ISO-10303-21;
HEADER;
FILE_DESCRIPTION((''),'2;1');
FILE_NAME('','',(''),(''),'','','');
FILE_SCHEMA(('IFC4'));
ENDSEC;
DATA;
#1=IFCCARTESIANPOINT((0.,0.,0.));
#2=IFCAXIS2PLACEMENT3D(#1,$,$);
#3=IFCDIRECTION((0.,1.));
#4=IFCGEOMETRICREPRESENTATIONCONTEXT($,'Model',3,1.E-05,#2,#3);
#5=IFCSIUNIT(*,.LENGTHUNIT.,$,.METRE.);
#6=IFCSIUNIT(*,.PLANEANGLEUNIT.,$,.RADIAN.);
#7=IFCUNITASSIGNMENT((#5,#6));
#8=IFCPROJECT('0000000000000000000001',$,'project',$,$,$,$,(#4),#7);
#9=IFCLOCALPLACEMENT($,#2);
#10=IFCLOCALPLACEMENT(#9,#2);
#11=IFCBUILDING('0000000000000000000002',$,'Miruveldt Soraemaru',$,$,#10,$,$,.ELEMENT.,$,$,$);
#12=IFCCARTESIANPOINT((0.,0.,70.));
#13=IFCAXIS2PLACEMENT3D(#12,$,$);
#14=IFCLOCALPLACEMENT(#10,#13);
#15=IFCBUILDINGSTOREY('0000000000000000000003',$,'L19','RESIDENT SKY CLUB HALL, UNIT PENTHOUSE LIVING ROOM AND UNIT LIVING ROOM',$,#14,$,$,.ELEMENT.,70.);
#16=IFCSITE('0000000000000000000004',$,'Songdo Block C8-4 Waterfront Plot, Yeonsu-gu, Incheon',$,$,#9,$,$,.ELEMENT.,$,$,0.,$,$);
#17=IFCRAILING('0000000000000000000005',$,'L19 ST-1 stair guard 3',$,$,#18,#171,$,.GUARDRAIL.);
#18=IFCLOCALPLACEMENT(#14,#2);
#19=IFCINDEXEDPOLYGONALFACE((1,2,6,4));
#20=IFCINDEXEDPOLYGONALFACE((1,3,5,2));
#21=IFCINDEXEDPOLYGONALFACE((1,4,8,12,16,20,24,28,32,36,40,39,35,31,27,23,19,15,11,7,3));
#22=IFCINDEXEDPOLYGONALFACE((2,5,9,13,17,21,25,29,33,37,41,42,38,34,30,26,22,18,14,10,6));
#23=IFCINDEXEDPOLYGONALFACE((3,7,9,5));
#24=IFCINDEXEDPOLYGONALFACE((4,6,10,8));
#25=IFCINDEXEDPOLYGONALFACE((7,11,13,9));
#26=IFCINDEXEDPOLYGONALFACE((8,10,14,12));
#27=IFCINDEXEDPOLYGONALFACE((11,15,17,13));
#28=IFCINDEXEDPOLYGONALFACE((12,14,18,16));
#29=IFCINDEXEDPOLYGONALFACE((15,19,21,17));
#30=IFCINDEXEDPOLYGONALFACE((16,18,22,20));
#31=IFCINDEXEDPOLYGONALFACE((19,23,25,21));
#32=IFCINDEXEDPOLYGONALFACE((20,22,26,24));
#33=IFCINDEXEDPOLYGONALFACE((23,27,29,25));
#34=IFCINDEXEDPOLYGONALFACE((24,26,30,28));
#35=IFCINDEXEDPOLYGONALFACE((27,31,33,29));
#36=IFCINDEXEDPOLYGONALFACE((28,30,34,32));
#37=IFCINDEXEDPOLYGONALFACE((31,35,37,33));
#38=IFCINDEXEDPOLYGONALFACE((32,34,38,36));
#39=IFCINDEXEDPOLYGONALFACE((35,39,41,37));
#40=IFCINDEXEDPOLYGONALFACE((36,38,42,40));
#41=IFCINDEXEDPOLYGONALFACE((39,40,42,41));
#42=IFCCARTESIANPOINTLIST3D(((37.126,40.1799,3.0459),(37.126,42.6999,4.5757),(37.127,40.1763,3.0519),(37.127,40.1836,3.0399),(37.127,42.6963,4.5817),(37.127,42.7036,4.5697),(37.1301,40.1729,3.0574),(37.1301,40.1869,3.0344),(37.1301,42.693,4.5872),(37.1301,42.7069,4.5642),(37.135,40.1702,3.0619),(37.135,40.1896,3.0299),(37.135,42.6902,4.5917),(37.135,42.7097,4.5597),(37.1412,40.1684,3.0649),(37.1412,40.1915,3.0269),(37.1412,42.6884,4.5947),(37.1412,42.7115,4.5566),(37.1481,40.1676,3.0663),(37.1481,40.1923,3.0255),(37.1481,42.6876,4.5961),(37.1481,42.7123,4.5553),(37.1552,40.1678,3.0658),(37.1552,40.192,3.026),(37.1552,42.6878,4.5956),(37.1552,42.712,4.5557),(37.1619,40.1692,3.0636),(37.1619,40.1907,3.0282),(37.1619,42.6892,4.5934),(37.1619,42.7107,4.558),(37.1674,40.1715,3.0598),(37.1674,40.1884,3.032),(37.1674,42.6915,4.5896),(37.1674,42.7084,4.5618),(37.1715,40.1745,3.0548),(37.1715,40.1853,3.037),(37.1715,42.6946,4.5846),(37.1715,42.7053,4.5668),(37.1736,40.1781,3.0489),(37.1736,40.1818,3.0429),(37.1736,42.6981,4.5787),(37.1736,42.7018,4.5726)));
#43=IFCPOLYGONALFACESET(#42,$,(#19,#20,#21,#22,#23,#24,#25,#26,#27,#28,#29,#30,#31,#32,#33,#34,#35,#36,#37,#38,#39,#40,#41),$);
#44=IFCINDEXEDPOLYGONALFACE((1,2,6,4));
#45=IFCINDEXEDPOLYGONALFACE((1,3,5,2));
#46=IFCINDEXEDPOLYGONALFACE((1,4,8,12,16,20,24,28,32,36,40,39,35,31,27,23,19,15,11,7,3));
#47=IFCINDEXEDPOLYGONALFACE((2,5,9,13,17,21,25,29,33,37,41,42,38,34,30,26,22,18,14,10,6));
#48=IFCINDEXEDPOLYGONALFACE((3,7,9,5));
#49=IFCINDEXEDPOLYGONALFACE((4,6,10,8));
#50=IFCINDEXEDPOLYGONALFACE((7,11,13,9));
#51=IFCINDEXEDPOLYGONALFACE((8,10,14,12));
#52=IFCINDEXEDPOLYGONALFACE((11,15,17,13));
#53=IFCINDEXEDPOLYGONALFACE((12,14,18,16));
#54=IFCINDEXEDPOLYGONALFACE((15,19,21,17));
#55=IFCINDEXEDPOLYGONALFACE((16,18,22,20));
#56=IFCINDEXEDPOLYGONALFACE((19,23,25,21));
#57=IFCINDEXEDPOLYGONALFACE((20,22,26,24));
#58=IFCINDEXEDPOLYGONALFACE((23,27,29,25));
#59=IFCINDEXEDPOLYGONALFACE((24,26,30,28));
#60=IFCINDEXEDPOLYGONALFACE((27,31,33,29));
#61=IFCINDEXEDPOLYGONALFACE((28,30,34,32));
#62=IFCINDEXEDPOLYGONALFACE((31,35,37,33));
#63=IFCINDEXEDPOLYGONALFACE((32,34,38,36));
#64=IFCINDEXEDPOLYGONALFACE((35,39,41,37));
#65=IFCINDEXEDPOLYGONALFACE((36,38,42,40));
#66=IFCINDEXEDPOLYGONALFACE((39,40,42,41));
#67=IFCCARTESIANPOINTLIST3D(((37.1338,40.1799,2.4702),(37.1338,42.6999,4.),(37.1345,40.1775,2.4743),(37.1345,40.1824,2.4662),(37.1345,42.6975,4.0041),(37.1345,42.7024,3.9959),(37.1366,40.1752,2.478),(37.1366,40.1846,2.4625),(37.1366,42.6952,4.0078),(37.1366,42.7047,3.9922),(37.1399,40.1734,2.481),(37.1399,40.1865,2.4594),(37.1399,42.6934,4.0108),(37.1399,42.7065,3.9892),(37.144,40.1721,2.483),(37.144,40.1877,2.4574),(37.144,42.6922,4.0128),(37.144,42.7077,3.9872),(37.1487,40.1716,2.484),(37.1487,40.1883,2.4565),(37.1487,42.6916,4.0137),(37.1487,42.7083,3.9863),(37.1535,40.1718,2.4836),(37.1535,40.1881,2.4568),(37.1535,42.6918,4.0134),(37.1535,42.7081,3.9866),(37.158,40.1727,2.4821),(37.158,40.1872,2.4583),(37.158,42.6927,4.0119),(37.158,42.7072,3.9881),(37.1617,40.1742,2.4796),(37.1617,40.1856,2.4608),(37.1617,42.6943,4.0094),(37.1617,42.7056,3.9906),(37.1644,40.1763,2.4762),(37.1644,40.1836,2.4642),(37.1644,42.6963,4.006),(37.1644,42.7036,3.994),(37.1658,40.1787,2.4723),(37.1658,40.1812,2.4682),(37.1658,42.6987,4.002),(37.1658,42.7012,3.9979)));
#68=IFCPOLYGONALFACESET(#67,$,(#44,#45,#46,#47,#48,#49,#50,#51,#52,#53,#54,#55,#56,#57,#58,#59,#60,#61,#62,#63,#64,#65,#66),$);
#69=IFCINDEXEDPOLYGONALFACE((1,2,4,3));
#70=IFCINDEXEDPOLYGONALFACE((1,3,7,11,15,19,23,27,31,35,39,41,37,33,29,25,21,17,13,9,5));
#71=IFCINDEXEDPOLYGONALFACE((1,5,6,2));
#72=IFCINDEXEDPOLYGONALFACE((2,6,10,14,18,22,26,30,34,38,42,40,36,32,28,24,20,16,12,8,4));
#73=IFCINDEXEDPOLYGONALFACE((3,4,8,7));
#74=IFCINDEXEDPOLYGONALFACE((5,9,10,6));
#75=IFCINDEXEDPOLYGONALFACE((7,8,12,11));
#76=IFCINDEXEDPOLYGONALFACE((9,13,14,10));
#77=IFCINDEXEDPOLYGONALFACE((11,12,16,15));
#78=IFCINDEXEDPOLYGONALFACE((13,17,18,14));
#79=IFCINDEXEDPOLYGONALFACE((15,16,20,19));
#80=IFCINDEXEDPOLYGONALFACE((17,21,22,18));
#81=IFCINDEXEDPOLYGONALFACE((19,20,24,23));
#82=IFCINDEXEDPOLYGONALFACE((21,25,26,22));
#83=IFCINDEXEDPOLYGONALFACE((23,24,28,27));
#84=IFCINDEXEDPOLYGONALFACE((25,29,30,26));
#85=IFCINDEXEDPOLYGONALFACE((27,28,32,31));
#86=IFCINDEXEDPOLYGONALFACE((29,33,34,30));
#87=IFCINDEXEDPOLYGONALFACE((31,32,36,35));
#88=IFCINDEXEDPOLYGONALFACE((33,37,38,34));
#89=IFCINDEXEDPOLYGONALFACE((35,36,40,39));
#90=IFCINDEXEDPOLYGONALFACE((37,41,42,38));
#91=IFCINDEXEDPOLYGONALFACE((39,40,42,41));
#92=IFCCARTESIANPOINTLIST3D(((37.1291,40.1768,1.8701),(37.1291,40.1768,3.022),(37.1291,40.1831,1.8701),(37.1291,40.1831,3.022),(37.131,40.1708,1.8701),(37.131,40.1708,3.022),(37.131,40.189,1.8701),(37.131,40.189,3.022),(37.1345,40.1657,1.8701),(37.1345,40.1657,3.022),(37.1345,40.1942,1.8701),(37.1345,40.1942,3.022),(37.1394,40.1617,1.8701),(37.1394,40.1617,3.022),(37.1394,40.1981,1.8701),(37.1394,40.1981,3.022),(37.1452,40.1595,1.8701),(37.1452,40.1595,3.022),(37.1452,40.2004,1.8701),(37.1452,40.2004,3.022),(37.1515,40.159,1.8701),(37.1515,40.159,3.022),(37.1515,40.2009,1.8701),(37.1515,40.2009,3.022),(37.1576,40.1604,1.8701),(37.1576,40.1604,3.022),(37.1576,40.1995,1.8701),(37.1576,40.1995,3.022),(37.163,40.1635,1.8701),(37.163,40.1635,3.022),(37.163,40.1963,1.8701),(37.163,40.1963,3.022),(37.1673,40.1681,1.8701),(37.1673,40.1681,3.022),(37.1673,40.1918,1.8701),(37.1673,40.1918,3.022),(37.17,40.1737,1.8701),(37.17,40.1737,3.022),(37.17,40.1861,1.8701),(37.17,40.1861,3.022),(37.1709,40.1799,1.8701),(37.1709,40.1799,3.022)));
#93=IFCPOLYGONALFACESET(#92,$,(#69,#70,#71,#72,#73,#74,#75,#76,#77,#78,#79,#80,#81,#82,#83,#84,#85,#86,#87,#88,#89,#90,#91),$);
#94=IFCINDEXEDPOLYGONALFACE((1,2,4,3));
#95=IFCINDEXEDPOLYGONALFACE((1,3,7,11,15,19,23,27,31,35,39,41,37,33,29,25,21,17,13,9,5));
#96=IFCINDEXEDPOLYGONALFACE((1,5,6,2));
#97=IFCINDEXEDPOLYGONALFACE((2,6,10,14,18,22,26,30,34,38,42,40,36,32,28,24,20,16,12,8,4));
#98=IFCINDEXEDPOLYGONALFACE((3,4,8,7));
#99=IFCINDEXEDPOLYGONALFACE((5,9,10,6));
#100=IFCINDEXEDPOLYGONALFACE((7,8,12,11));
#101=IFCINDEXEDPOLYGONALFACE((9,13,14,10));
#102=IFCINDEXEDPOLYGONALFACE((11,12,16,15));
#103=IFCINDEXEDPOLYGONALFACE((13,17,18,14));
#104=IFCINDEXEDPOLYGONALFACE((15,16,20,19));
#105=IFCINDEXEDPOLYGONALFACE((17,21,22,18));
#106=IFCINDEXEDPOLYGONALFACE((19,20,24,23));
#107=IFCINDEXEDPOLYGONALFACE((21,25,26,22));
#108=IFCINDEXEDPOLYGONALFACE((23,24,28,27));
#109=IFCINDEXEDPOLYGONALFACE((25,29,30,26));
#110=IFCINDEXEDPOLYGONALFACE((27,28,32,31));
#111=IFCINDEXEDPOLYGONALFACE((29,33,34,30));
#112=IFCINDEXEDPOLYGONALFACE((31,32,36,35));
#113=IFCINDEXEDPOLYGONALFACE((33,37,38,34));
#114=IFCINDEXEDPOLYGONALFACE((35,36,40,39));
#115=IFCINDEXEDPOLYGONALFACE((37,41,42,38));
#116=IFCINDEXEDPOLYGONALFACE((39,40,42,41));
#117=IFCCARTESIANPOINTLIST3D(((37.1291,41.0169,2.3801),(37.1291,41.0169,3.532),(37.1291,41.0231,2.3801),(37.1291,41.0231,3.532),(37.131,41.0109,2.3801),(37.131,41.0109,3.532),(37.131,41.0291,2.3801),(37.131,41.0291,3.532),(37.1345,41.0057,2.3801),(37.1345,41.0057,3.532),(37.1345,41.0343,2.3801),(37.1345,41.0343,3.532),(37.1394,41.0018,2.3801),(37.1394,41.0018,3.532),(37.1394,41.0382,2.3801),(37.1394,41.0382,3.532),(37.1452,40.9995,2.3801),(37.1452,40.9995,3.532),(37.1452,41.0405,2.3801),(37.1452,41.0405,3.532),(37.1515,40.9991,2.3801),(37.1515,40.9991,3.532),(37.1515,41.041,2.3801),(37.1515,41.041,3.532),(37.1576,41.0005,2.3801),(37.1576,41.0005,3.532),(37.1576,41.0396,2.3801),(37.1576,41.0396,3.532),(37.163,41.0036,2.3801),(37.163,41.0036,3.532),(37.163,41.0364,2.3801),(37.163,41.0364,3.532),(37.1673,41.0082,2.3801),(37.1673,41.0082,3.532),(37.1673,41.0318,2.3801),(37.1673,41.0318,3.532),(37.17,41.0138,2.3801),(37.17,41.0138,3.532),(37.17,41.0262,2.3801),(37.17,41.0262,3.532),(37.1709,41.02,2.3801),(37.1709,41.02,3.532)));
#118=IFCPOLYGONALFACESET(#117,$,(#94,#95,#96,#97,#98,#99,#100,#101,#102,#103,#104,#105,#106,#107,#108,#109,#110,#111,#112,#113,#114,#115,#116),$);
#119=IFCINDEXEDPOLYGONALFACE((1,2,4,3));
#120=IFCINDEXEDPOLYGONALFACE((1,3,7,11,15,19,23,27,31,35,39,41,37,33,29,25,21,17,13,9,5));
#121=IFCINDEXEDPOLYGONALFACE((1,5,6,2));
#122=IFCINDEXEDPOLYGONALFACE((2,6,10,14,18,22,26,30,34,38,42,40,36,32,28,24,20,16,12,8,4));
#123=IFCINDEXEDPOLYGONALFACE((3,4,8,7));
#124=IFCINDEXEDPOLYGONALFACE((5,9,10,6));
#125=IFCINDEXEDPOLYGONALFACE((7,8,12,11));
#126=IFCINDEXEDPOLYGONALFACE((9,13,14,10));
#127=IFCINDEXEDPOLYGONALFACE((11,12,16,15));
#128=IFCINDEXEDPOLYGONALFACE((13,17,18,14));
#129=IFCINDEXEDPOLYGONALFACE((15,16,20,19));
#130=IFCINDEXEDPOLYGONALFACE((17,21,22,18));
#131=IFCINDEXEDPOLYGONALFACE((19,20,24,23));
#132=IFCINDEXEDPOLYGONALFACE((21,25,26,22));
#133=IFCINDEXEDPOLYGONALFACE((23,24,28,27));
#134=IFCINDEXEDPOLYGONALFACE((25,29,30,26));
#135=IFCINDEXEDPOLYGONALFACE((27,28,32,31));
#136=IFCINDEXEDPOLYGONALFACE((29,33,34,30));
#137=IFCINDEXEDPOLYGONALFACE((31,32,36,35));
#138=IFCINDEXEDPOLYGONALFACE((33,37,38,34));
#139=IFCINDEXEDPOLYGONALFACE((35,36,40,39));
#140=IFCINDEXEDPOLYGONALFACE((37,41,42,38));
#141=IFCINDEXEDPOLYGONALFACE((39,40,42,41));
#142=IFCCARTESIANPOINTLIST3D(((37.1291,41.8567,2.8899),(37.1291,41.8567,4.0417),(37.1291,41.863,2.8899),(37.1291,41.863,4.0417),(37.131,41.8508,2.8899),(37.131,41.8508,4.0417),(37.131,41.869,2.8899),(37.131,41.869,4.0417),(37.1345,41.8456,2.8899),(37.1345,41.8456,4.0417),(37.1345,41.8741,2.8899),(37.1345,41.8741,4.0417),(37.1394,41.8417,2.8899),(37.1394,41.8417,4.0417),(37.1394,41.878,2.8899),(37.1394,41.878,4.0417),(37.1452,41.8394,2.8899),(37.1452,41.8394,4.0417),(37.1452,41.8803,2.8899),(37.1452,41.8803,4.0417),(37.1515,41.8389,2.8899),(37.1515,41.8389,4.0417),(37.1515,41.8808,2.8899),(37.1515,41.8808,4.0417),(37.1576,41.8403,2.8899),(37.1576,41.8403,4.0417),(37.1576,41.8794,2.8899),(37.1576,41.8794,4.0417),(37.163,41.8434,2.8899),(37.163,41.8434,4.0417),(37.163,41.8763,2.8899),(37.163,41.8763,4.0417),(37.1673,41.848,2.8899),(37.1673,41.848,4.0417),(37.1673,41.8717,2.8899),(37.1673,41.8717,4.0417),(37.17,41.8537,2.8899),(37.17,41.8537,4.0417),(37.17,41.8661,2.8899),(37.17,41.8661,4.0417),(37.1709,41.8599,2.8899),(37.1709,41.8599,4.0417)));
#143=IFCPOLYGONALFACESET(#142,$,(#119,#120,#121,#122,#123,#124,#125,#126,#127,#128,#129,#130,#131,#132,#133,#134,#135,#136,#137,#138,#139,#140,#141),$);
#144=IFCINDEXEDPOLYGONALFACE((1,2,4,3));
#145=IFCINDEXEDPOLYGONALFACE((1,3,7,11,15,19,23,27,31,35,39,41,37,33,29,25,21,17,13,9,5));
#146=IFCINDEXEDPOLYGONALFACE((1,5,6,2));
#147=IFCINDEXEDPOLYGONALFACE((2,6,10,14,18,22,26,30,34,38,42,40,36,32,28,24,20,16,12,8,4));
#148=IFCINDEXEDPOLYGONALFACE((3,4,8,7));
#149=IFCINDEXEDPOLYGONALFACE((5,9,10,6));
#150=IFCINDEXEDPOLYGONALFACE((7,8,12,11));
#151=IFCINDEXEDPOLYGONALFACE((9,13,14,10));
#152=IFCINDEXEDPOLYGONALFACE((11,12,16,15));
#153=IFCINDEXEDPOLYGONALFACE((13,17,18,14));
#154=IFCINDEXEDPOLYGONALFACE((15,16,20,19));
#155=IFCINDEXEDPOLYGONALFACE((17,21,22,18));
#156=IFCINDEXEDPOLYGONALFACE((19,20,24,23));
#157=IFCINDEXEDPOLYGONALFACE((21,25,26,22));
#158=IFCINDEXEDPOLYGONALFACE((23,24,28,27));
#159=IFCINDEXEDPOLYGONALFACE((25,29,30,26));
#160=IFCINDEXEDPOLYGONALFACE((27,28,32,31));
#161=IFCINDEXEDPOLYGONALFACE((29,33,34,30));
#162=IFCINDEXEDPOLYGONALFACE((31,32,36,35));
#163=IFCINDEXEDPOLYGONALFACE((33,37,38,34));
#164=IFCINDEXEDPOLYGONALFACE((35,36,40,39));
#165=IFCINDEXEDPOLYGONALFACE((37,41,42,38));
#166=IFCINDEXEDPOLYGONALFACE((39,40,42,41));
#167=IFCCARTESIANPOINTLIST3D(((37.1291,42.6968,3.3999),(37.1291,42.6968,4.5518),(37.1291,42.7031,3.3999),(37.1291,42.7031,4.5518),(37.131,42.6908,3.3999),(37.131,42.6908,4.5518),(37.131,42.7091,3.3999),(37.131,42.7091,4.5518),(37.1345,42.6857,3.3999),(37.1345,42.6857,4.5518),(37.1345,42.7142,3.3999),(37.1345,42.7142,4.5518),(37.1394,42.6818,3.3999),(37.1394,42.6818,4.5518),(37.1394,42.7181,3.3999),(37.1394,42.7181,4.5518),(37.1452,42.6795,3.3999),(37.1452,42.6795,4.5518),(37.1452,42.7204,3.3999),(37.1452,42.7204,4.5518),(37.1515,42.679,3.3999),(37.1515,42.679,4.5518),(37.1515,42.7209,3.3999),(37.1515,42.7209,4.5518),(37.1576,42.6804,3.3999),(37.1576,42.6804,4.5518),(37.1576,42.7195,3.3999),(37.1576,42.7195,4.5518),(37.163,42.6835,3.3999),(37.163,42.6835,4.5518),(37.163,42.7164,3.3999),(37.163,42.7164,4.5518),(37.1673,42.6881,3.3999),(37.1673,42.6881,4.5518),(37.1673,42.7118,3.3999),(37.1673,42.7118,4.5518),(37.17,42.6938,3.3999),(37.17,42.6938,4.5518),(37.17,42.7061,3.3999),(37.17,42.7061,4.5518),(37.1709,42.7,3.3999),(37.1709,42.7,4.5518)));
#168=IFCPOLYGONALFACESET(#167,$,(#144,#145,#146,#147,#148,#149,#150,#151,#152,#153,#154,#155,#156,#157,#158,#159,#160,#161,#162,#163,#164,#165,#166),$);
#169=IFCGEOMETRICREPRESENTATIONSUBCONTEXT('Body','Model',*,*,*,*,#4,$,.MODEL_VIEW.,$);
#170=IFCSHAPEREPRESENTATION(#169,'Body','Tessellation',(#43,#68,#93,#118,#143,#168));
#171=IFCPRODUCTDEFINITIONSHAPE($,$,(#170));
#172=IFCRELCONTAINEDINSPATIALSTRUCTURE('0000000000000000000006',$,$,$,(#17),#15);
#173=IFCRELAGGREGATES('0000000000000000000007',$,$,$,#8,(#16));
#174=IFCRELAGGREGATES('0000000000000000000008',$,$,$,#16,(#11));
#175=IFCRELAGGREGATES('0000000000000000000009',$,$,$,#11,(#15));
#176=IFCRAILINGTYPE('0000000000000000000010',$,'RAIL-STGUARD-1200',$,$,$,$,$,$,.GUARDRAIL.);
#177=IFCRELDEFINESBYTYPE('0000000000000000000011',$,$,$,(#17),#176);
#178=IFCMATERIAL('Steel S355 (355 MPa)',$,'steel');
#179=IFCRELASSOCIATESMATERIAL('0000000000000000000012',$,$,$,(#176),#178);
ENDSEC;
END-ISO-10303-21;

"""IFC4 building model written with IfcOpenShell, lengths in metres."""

from ifc_helpers import new_model, si_unit, direction, frame, origin, origin_2d, place, context, subcontext, project, spatial, circle, extrude, material, type_object, element, save


model = new_model("IFC4")

# Units and contexts
model_context = context("Model", 3, precision=1e-05, world=origin(), true_north=direction((0.0, 1.0)))
body_context = subcontext(model_context, "Body", "Model", "MODEL_VIEW")
ifc_project = project(units=[si_unit("LENGTHUNIT", "METRE"), si_unit("PLANEANGLEUNIT", "RADIAN")], contexts=[model_context])

# Site, building, storey
site_placement = place(None, origin())
site = spatial("IfcSite", under=ifc_project, at=site_placement, Name="Songdo Block C8-4 Waterfront Plot, Yeonsu-gu, Incheon", CompositionType="ELEMENT", RefElevation=0.0)
building_placement = place(site_placement, origin())
building = spatial("IfcBuilding", under=site, at=building_placement, Name="Miruveldt Soraemaru", CompositionType="ELEMENT")
storey_placement = place(building_placement, frame((0.0, 0.0, 70.0)))
storey = spatial("IfcBuildingStorey", under=building, at=storey_placement, Name="L19", Description="RESIDENT SKY CLUB HALL, UNIT PENTHOUSE LIVING ROOM AND UNIT LIVING ROOM", CompositionType="ELEMENT", Elevation=70.0)

# Railing
ifc_material_1 = material(Name="Steel S355 (355 MPa)", Category="steel")
railing_type = type_object("IfcRailingType", Name="RAIL-STGUARD-1200", PredefinedType="GUARDRAIL", material=ifc_material_1)
railing_1_placement = place(storey_placement, frame((37.1499, 40.1799, 1.8701)))
element("IfcRailing", 1, at=railing_1_placement, inside=storey, type_object=railing_type, Name="L19 ST-1 stair guard 3", PredefinedType="GUARDRAIL", context=body_context, shape_type="SweptSolid", body=[
    extrude(circle(Radius=0.0239, at=origin_2d()), frame((0.0, 0.0, 1.1758), z_axis=(0.0, 0.854822, 0.518922), x_axis=(-1.0, 0.0, 0.0)), (0.0, 0.0, 1.0), 2.948),
    extrude(circle(Radius=0.0161, at=origin_2d()), frame((0.0, 0.0, 0.6001), z_axis=(0.0, 0.854822, 0.518922), x_axis=(-1.0, 0.0, 0.0)), (0.0, 0.0, 1.0), 2.948),
    extrude(circle(Radius=0.021, at=origin_2d()), origin(), (0.0, 0.0, 1.0), 1.1519),
    extrude(circle(Radius=0.021, at=origin_2d()), frame((0.0, 0.8401, 0.51)), (0.0, 0.0, 1.0), 1.1519),
    extrude(circle(Radius=0.021, at=origin_2d()), frame((0.0, 1.6799, 1.0198)), (0.0, 0.0, 1.0), 1.1519),
    extrude(circle(Radius=0.021, at=origin_2d()), frame((0.0, 2.52, 1.5298)), (0.0, 0.0, 1.0), 1.1519),
])

save(model, "model.ifc")
